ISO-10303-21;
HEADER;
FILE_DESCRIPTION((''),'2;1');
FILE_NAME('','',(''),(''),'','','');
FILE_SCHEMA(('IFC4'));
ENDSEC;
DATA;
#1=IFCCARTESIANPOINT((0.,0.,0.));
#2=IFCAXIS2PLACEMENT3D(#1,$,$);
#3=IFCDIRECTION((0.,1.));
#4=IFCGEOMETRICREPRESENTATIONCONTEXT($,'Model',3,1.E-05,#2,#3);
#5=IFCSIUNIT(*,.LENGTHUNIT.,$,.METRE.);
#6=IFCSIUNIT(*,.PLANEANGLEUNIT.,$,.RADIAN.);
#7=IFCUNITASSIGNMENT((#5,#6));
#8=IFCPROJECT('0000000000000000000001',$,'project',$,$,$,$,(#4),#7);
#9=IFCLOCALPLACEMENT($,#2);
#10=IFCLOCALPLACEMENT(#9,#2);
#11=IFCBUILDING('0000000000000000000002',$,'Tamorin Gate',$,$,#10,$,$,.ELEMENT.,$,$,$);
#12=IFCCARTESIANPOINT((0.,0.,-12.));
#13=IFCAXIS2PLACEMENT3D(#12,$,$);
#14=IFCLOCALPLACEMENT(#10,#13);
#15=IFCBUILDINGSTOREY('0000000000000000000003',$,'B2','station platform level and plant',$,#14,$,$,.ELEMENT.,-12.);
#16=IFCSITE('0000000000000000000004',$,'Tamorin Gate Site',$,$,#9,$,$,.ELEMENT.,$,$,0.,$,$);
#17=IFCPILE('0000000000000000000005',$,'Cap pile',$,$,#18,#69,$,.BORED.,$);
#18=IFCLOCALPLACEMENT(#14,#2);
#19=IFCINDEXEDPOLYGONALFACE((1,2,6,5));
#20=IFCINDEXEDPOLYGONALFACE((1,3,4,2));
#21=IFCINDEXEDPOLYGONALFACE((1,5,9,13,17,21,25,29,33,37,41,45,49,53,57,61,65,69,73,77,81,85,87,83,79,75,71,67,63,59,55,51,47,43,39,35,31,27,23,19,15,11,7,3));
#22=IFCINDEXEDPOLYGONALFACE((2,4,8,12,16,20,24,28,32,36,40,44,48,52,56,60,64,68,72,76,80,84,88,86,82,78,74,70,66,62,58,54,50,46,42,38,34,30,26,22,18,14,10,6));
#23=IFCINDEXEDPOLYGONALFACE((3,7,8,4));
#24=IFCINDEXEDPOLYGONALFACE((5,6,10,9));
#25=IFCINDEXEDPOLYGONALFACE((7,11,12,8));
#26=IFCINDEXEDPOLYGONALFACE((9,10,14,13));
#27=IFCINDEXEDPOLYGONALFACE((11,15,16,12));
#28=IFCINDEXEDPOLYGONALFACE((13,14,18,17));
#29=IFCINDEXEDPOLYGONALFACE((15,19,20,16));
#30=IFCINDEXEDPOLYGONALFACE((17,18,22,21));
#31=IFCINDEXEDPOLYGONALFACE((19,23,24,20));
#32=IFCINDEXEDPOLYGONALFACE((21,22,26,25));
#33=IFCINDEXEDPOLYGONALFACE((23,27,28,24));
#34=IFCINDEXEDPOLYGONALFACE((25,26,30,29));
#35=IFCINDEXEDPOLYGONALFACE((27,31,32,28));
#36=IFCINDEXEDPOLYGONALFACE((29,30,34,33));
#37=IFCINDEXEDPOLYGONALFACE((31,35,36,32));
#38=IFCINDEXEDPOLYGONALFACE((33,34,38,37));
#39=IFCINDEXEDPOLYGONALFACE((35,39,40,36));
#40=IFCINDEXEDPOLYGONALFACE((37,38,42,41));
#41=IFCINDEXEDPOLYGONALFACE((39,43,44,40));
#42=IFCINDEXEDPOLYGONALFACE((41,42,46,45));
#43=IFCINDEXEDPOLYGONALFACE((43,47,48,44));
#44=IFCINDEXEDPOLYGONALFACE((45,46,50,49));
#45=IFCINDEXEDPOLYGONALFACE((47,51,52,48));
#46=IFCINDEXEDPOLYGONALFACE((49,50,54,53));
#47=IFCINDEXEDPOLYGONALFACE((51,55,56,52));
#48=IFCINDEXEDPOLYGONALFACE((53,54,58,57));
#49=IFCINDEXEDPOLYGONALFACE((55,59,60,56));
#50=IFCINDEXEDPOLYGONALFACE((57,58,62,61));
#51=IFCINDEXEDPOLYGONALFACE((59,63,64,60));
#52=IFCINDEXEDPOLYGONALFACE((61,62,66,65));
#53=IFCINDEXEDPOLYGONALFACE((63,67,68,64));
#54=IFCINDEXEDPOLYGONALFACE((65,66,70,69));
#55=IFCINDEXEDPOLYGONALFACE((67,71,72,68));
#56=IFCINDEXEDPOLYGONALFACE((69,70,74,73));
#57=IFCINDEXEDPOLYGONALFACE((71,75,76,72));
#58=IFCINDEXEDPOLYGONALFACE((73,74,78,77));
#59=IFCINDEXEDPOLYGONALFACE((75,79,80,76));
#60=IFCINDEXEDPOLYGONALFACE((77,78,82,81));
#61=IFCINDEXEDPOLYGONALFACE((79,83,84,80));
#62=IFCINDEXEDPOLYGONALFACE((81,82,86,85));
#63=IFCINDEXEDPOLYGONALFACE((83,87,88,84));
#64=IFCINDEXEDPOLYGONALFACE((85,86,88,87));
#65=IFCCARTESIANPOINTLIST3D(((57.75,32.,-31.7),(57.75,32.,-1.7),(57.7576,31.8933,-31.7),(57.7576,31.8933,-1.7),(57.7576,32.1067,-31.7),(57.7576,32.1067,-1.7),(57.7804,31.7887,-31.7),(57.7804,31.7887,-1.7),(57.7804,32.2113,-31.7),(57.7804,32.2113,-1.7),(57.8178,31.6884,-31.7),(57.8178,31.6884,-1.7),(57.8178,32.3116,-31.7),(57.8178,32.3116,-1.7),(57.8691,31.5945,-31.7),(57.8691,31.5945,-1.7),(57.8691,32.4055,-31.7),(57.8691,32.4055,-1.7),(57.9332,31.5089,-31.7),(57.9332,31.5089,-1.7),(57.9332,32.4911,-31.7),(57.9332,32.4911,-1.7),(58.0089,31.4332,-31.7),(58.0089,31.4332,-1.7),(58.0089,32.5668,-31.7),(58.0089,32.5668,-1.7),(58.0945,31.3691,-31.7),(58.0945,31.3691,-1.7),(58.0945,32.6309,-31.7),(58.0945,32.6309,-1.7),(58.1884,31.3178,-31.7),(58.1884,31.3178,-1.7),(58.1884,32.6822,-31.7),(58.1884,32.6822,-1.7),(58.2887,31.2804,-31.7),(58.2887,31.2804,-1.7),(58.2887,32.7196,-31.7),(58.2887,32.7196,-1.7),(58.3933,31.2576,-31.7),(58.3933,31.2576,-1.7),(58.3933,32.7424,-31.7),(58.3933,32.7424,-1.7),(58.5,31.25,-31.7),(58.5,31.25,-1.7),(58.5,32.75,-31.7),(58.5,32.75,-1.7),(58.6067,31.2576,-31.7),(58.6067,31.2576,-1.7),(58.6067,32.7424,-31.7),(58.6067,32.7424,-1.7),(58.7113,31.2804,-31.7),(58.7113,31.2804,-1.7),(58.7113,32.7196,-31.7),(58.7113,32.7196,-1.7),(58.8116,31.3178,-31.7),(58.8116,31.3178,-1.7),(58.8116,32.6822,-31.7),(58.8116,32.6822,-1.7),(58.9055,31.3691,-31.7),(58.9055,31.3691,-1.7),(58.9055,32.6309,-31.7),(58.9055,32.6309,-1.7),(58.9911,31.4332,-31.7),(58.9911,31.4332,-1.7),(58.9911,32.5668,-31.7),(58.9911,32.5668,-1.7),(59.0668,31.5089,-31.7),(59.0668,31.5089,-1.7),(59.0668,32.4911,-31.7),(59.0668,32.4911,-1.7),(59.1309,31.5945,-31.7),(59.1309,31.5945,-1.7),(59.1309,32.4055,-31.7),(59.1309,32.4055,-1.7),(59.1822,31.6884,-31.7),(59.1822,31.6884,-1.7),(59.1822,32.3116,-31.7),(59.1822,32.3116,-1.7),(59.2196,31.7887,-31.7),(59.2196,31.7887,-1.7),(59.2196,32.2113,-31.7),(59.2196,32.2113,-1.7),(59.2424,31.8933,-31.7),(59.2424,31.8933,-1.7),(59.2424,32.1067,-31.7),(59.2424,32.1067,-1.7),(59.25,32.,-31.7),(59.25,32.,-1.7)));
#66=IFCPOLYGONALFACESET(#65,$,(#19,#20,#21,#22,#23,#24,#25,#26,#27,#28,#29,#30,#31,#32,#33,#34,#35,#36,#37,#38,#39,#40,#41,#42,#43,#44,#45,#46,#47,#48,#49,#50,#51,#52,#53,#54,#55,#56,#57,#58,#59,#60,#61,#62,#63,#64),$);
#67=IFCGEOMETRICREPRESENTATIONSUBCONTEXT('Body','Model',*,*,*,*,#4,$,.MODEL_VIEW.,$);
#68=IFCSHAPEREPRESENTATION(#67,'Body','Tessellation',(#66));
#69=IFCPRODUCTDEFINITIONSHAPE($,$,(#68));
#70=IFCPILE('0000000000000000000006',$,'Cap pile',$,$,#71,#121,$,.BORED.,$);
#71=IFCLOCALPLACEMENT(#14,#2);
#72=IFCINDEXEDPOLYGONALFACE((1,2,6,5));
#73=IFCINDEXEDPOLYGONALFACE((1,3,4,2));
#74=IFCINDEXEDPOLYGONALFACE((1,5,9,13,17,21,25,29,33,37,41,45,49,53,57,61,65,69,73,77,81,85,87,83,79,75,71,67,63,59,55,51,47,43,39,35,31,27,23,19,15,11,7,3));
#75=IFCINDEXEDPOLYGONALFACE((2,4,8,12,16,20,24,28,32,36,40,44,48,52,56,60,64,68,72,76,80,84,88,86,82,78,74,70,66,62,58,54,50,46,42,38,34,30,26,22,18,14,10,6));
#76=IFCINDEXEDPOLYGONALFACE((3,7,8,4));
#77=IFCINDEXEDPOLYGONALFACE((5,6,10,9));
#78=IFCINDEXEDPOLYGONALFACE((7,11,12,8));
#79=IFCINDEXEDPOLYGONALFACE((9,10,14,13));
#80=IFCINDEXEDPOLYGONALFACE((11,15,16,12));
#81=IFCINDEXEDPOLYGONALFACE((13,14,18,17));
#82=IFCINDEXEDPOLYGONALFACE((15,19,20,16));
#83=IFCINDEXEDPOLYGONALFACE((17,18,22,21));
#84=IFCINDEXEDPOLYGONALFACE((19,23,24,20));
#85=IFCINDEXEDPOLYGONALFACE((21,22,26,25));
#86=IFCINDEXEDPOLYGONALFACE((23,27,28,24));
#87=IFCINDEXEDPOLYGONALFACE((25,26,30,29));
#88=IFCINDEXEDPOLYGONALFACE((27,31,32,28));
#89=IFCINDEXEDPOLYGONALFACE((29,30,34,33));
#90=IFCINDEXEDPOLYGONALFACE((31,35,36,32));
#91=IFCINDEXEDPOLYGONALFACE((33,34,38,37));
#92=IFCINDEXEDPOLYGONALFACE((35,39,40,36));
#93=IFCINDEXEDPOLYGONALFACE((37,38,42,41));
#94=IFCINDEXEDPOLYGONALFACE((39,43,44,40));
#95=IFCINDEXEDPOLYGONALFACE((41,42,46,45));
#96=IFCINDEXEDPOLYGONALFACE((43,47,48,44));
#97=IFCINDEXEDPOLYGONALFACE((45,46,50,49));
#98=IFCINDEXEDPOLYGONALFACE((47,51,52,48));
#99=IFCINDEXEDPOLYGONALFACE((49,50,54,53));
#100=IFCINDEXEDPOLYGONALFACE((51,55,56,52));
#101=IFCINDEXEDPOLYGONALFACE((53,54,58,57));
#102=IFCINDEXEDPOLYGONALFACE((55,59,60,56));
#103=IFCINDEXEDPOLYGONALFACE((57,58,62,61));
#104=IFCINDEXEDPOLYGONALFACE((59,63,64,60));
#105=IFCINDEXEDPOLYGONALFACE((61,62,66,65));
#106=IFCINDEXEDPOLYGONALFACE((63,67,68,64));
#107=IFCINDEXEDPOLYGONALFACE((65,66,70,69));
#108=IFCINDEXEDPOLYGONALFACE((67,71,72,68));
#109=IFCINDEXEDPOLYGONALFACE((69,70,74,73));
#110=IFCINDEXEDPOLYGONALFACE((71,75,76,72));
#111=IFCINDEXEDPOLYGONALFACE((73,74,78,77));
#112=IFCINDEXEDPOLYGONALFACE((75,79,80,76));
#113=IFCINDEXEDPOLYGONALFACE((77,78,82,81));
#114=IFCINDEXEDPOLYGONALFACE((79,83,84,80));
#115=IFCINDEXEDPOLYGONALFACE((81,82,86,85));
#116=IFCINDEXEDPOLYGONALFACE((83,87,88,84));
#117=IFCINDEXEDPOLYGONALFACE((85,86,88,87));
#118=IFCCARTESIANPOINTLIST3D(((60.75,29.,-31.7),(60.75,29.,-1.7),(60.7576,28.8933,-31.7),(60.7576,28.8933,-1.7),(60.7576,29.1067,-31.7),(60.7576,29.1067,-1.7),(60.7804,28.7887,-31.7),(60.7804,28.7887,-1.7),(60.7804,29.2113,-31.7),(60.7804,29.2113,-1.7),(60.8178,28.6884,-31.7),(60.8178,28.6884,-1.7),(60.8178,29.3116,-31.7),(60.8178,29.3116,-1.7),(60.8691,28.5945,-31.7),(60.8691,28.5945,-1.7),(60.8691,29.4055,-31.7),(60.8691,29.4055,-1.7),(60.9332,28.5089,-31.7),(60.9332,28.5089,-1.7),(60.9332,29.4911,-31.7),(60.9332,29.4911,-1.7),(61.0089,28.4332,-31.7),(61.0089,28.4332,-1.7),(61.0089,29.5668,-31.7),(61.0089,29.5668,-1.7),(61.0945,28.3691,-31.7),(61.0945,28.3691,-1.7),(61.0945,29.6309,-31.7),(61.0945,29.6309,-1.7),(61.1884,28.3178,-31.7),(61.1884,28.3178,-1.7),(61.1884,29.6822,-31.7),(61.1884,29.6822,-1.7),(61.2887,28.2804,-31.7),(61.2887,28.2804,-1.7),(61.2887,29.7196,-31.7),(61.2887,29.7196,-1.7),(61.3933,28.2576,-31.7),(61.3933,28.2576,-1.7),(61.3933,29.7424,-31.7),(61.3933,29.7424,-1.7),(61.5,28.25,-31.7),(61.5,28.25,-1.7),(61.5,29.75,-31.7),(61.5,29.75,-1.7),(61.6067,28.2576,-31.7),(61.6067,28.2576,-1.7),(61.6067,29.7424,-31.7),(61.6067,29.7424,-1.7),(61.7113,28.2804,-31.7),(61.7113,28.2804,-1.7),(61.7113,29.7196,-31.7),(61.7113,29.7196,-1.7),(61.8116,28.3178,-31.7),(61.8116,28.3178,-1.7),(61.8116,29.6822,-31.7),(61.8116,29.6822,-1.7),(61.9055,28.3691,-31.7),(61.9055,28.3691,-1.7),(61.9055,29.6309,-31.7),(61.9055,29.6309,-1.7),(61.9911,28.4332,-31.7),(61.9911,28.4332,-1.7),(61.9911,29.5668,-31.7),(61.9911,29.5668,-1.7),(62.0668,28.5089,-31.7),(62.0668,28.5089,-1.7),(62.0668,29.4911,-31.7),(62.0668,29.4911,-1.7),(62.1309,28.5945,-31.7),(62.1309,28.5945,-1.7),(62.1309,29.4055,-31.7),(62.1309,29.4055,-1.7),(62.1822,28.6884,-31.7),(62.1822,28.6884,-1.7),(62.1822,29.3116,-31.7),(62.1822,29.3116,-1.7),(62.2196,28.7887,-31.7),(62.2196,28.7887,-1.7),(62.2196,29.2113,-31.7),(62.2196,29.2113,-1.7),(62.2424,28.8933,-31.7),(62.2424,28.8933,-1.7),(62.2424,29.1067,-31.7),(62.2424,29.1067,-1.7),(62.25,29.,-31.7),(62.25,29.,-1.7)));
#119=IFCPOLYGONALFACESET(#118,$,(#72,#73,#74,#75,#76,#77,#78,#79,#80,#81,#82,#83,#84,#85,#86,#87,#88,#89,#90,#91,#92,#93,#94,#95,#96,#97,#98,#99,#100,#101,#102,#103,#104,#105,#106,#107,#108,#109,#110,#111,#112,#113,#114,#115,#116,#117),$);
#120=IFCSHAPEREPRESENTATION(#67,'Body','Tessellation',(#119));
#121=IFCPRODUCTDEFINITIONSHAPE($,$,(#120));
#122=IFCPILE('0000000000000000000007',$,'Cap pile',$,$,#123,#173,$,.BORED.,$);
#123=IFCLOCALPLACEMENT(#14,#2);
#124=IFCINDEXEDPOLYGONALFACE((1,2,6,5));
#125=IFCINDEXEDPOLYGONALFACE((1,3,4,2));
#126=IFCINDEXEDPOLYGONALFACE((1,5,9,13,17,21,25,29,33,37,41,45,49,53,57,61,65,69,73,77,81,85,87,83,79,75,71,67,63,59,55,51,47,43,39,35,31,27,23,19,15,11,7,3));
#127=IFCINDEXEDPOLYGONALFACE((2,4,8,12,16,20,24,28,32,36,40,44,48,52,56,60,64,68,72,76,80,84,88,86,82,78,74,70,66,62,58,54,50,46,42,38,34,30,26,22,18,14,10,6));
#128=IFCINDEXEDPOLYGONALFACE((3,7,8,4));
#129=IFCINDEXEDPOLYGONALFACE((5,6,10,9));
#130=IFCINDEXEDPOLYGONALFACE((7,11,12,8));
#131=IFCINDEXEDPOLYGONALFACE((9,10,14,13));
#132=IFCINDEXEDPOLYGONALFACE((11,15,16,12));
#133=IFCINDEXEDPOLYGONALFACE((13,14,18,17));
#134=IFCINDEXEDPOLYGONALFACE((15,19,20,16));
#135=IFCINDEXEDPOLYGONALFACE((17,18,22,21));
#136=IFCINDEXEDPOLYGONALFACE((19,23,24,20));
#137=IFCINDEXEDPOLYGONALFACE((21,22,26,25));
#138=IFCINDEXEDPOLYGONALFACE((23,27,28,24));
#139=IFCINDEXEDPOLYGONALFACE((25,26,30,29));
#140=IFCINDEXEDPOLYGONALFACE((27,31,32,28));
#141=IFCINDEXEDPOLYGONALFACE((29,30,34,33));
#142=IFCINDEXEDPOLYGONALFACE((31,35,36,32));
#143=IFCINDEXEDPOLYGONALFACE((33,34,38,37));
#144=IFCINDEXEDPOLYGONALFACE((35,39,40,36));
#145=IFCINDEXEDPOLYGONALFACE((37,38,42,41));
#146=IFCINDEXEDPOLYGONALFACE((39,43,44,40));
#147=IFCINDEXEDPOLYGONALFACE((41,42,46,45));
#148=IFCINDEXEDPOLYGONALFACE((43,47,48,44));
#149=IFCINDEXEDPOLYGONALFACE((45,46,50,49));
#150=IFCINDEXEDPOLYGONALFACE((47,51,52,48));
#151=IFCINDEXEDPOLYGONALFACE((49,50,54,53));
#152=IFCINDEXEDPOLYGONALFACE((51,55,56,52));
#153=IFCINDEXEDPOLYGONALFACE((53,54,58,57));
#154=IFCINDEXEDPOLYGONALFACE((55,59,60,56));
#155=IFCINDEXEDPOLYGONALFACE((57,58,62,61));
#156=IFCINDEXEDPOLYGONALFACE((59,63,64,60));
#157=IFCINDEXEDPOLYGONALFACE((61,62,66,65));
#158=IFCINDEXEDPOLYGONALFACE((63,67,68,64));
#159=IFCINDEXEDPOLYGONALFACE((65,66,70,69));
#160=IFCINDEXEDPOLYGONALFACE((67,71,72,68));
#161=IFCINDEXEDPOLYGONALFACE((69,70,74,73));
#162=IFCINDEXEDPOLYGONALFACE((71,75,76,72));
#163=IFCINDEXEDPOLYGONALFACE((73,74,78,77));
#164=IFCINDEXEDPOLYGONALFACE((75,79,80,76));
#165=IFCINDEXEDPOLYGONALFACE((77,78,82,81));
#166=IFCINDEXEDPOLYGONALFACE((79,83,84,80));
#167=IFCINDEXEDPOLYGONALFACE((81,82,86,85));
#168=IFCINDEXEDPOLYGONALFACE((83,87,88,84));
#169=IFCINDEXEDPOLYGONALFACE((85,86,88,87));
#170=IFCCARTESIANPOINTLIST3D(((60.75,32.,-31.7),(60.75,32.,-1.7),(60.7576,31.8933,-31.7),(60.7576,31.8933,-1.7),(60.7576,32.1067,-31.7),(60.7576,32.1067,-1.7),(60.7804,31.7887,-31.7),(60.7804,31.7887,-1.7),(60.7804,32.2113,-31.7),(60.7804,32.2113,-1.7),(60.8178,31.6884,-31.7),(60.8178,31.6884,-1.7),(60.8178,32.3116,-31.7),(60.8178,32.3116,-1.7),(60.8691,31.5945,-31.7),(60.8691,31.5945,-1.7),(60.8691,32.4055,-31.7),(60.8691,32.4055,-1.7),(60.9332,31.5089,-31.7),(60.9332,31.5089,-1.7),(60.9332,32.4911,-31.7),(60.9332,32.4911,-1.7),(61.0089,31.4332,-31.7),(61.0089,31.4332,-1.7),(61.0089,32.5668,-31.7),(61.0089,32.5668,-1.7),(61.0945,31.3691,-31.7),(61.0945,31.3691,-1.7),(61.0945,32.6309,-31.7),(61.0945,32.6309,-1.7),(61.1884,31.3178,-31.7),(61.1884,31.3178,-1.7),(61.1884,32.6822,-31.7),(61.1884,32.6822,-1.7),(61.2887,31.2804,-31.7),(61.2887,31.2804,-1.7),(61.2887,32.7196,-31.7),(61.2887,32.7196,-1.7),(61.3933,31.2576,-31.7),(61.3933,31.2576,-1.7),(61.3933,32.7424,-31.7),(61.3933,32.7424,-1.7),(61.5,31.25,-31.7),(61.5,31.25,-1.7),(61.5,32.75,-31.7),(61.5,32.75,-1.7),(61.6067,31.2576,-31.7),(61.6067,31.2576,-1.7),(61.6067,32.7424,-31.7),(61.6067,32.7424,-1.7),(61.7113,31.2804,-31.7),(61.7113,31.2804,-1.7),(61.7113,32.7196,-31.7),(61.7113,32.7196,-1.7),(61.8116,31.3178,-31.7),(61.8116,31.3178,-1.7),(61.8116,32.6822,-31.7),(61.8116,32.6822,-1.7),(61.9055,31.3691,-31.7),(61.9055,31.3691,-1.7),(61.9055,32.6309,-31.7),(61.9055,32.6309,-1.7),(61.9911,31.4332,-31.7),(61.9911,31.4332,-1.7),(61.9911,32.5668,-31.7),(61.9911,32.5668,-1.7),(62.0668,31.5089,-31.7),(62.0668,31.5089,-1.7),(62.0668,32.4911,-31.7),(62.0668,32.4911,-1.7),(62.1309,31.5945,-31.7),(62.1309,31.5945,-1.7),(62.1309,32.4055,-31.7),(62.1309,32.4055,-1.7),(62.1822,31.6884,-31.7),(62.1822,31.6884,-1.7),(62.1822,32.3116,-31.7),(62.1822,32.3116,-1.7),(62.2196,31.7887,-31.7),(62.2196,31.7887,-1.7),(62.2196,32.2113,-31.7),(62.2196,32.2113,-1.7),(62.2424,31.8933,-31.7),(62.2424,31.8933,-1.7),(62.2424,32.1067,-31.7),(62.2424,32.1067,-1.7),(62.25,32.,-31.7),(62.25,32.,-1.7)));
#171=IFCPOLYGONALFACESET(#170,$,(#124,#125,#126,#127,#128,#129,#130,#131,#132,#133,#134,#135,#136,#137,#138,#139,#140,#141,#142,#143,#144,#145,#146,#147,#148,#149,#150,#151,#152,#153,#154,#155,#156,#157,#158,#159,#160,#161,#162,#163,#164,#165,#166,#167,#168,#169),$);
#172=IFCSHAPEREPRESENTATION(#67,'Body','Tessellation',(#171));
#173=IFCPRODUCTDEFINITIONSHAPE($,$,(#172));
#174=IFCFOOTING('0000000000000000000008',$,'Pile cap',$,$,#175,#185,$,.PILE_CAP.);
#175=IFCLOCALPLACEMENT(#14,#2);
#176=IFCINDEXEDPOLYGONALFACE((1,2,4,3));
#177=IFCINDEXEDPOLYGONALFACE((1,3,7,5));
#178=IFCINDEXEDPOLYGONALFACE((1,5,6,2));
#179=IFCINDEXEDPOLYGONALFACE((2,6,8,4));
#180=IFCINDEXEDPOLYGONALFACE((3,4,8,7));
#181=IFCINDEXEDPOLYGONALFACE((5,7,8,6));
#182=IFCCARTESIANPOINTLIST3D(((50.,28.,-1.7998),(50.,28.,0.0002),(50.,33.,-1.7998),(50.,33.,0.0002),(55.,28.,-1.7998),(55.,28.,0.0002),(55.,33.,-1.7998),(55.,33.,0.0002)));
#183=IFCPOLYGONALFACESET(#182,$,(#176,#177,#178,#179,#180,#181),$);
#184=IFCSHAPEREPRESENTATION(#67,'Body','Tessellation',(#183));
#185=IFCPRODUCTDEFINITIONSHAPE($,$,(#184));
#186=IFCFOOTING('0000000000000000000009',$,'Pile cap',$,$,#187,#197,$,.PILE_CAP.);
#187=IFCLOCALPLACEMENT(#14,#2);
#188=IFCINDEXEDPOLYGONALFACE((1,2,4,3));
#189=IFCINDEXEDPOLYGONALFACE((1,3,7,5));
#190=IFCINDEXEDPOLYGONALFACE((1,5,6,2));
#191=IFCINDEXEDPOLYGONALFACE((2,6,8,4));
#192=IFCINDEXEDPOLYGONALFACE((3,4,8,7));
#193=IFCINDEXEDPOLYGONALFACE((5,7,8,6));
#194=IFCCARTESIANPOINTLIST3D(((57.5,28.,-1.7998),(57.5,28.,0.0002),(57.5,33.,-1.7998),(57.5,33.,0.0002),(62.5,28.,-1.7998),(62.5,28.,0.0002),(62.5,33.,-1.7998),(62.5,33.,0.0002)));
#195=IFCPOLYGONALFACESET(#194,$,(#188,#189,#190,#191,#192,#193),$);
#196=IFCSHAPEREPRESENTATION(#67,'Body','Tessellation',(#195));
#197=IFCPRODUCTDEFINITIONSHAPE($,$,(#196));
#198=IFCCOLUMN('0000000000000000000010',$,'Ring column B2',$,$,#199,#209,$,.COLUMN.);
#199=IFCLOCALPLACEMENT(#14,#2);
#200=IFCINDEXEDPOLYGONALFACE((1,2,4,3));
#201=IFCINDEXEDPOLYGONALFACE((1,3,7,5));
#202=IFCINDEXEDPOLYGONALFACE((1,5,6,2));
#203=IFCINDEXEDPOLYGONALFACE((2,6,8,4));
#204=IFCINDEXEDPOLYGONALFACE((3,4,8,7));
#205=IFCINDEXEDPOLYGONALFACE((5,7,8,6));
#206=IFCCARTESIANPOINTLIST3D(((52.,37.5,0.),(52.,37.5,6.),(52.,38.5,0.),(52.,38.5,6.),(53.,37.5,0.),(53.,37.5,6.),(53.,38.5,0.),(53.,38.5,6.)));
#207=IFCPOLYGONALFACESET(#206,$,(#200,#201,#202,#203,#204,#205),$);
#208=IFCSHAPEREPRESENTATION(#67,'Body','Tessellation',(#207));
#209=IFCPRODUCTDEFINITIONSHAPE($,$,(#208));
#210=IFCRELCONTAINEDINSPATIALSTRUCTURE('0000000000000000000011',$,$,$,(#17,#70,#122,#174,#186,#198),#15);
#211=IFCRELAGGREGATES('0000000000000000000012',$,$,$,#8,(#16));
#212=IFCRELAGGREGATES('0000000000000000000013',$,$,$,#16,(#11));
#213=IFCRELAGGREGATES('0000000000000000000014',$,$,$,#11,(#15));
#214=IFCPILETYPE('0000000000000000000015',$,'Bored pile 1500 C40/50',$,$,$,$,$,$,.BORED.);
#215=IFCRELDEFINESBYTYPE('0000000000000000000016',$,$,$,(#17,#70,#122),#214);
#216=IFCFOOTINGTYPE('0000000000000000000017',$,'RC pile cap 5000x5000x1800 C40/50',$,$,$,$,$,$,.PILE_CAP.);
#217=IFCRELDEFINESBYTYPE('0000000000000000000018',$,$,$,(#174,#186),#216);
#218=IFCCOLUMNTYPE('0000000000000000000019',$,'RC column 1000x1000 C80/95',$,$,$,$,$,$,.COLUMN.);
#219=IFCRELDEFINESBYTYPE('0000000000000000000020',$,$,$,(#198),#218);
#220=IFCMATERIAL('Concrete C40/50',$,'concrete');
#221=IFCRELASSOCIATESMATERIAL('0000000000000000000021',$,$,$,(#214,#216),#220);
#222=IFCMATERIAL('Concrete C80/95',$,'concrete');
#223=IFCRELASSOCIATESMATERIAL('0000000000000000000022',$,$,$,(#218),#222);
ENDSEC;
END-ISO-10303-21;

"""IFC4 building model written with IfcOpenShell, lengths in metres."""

from ifc_helpers import new_model, si_unit, direction, frame, origin, origin_2d, place, context, subcontext, project, spatial, rectangle, circle, extrude, material, material_profile, profile_set, type_object, element, save


model = new_model("IFC4")

# Units and contexts
model_context = context("Model", 3, precision=1e-05, world=origin(), true_north=direction((0.0, 1.0)))
body_context = subcontext(model_context, "Body", "Model", "MODEL_VIEW")
ifc_project = project(units=[si_unit("LENGTHUNIT", "METRE"), si_unit("PLANEANGLEUNIT", "RADIAN")], contexts=[model_context])

# Site, building, storey
site_placement = place(None, origin())
site = spatial("IfcSite", under=ifc_project, at=site_placement, Name="Tamorin Gate Site", CompositionType="ELEMENT", RefElevation=0.0)
building_placement = place(site_placement, origin())
building = spatial("IfcBuilding", under=site, at=building_placement, Name="Tamorin Gate", CompositionType="ELEMENT")
storey_placement = place(building_placement, frame((0.0, 0.0, -12.0)))
storey = spatial("IfcBuildingStorey", under=building, at=storey_placement, Name="B2", Description="station platform level and plant", CompositionType="ELEMENT", Elevation=-12.0)

# Piles
ifc_material_1 = material(Name="Concrete C40/50", Category="concrete")
ifc_material_profile_1 = material_profile(ifc_material_1, circle(Radius=0.75, at=origin_2d()))
ifc_profile_set_1 = profile_set([ifc_material_profile_1], Name="Concrete C40/50")
pile_type = type_object("IfcPileType", Name="Bored pile 1500 C40/50", PredefinedType="BORED", material=ifc_profile_set_1)
for number, where, z_axis, x_axis, name in (
    (1, (58.5, 32.0, -1.7), (0.0, 0.0, -1.0), (1.0, 0.0, 0.0), "Cap pile"),
    (2, (61.5, 29.0, -1.7), (0.0, 0.0, -1.0), (1.0, 0.0, 0.0), "Cap pile"),
    (3, (61.5, 32.0, -1.7), (0.0, 0.0, -1.0), (1.0, 0.0, 0.0), "Cap pile"),
):
    element("IfcPile", number, at=place(storey_placement, frame(where, z_axis=z_axis, x_axis=x_axis)), inside=storey, type_object=pile_type, Name=name, PredefinedType="BORED", context=body_context, shape_type="SweptSolid", body=[
        extrude(circle(Radius=0.75, at=origin_2d()), origin(), (0.0, 0.0, 1.0), 30.0),
    ])

# Footings
footing_type = type_object("IfcFootingType", Name="RC pile cap 5000x5000x1800 C40/50", PredefinedType="PILE_CAP", material=ifc_material_1)
for number, where, z_axis, x_axis, name in (
    (4, (52.5, 30.5, -1.7998), (0.0, 0.0, 1.0), (1.0, 0.0, 0.0), "Pile cap"),
    (5, (60.0, 30.5, -1.7998), (0.0, 0.0, 1.0), (1.0, 0.0, 0.0), "Pile cap"),
):
    element("IfcFooting", number, at=place(storey_placement, frame(where, z_axis=z_axis, x_axis=x_axis)), inside=storey, type_object=footing_type, Name=name, PredefinedType="PILE_CAP", context=body_context, shape_type="SweptSolid", body=[
        extrude(rectangle(XDim=5.0, YDim=5.0, at=origin_2d()), origin(), (0.0, 0.0, 1.0), 1.8),
    ])

# Column
ifc_material_2 = material(Name="Concrete C80/95", Category="concrete")
ifc_material_profile_2 = material_profile(ifc_material_2, rectangle(XDim=1.0, YDim=1.0, at=origin_2d()), Name="RC 1000x1000")
ifc_profile_set_2 = profile_set([ifc_material_profile_2], Name="Concrete C80/95")
column_type_1 = type_object("IfcColumnType", Name="RC column 1000x1000 C80/95", PredefinedType="COLUMN", material=ifc_profile_set_2)
for number, where, z_axis, x_axis, name in (
    (6, (52.5, 38.0, 0.0), (0.0, 0.0, 1.0), (1.0, 0.0, 0.0), "Ring column B2"),
):
    element("IfcColumn", number, at=place(storey_placement, frame(where, z_axis=z_axis, x_axis=x_axis)), inside=storey, type_object=column_type_1, Name=name, PredefinedType="COLUMN", context=body_context, shape_type="SweptSolid", body=[
        extrude(rectangle(XDim=1.0, YDim=1.0, at=origin_2d()), origin(), (0.0, 0.0, 1.0), 6.0),
    ])

save(model, "model.ifc")
